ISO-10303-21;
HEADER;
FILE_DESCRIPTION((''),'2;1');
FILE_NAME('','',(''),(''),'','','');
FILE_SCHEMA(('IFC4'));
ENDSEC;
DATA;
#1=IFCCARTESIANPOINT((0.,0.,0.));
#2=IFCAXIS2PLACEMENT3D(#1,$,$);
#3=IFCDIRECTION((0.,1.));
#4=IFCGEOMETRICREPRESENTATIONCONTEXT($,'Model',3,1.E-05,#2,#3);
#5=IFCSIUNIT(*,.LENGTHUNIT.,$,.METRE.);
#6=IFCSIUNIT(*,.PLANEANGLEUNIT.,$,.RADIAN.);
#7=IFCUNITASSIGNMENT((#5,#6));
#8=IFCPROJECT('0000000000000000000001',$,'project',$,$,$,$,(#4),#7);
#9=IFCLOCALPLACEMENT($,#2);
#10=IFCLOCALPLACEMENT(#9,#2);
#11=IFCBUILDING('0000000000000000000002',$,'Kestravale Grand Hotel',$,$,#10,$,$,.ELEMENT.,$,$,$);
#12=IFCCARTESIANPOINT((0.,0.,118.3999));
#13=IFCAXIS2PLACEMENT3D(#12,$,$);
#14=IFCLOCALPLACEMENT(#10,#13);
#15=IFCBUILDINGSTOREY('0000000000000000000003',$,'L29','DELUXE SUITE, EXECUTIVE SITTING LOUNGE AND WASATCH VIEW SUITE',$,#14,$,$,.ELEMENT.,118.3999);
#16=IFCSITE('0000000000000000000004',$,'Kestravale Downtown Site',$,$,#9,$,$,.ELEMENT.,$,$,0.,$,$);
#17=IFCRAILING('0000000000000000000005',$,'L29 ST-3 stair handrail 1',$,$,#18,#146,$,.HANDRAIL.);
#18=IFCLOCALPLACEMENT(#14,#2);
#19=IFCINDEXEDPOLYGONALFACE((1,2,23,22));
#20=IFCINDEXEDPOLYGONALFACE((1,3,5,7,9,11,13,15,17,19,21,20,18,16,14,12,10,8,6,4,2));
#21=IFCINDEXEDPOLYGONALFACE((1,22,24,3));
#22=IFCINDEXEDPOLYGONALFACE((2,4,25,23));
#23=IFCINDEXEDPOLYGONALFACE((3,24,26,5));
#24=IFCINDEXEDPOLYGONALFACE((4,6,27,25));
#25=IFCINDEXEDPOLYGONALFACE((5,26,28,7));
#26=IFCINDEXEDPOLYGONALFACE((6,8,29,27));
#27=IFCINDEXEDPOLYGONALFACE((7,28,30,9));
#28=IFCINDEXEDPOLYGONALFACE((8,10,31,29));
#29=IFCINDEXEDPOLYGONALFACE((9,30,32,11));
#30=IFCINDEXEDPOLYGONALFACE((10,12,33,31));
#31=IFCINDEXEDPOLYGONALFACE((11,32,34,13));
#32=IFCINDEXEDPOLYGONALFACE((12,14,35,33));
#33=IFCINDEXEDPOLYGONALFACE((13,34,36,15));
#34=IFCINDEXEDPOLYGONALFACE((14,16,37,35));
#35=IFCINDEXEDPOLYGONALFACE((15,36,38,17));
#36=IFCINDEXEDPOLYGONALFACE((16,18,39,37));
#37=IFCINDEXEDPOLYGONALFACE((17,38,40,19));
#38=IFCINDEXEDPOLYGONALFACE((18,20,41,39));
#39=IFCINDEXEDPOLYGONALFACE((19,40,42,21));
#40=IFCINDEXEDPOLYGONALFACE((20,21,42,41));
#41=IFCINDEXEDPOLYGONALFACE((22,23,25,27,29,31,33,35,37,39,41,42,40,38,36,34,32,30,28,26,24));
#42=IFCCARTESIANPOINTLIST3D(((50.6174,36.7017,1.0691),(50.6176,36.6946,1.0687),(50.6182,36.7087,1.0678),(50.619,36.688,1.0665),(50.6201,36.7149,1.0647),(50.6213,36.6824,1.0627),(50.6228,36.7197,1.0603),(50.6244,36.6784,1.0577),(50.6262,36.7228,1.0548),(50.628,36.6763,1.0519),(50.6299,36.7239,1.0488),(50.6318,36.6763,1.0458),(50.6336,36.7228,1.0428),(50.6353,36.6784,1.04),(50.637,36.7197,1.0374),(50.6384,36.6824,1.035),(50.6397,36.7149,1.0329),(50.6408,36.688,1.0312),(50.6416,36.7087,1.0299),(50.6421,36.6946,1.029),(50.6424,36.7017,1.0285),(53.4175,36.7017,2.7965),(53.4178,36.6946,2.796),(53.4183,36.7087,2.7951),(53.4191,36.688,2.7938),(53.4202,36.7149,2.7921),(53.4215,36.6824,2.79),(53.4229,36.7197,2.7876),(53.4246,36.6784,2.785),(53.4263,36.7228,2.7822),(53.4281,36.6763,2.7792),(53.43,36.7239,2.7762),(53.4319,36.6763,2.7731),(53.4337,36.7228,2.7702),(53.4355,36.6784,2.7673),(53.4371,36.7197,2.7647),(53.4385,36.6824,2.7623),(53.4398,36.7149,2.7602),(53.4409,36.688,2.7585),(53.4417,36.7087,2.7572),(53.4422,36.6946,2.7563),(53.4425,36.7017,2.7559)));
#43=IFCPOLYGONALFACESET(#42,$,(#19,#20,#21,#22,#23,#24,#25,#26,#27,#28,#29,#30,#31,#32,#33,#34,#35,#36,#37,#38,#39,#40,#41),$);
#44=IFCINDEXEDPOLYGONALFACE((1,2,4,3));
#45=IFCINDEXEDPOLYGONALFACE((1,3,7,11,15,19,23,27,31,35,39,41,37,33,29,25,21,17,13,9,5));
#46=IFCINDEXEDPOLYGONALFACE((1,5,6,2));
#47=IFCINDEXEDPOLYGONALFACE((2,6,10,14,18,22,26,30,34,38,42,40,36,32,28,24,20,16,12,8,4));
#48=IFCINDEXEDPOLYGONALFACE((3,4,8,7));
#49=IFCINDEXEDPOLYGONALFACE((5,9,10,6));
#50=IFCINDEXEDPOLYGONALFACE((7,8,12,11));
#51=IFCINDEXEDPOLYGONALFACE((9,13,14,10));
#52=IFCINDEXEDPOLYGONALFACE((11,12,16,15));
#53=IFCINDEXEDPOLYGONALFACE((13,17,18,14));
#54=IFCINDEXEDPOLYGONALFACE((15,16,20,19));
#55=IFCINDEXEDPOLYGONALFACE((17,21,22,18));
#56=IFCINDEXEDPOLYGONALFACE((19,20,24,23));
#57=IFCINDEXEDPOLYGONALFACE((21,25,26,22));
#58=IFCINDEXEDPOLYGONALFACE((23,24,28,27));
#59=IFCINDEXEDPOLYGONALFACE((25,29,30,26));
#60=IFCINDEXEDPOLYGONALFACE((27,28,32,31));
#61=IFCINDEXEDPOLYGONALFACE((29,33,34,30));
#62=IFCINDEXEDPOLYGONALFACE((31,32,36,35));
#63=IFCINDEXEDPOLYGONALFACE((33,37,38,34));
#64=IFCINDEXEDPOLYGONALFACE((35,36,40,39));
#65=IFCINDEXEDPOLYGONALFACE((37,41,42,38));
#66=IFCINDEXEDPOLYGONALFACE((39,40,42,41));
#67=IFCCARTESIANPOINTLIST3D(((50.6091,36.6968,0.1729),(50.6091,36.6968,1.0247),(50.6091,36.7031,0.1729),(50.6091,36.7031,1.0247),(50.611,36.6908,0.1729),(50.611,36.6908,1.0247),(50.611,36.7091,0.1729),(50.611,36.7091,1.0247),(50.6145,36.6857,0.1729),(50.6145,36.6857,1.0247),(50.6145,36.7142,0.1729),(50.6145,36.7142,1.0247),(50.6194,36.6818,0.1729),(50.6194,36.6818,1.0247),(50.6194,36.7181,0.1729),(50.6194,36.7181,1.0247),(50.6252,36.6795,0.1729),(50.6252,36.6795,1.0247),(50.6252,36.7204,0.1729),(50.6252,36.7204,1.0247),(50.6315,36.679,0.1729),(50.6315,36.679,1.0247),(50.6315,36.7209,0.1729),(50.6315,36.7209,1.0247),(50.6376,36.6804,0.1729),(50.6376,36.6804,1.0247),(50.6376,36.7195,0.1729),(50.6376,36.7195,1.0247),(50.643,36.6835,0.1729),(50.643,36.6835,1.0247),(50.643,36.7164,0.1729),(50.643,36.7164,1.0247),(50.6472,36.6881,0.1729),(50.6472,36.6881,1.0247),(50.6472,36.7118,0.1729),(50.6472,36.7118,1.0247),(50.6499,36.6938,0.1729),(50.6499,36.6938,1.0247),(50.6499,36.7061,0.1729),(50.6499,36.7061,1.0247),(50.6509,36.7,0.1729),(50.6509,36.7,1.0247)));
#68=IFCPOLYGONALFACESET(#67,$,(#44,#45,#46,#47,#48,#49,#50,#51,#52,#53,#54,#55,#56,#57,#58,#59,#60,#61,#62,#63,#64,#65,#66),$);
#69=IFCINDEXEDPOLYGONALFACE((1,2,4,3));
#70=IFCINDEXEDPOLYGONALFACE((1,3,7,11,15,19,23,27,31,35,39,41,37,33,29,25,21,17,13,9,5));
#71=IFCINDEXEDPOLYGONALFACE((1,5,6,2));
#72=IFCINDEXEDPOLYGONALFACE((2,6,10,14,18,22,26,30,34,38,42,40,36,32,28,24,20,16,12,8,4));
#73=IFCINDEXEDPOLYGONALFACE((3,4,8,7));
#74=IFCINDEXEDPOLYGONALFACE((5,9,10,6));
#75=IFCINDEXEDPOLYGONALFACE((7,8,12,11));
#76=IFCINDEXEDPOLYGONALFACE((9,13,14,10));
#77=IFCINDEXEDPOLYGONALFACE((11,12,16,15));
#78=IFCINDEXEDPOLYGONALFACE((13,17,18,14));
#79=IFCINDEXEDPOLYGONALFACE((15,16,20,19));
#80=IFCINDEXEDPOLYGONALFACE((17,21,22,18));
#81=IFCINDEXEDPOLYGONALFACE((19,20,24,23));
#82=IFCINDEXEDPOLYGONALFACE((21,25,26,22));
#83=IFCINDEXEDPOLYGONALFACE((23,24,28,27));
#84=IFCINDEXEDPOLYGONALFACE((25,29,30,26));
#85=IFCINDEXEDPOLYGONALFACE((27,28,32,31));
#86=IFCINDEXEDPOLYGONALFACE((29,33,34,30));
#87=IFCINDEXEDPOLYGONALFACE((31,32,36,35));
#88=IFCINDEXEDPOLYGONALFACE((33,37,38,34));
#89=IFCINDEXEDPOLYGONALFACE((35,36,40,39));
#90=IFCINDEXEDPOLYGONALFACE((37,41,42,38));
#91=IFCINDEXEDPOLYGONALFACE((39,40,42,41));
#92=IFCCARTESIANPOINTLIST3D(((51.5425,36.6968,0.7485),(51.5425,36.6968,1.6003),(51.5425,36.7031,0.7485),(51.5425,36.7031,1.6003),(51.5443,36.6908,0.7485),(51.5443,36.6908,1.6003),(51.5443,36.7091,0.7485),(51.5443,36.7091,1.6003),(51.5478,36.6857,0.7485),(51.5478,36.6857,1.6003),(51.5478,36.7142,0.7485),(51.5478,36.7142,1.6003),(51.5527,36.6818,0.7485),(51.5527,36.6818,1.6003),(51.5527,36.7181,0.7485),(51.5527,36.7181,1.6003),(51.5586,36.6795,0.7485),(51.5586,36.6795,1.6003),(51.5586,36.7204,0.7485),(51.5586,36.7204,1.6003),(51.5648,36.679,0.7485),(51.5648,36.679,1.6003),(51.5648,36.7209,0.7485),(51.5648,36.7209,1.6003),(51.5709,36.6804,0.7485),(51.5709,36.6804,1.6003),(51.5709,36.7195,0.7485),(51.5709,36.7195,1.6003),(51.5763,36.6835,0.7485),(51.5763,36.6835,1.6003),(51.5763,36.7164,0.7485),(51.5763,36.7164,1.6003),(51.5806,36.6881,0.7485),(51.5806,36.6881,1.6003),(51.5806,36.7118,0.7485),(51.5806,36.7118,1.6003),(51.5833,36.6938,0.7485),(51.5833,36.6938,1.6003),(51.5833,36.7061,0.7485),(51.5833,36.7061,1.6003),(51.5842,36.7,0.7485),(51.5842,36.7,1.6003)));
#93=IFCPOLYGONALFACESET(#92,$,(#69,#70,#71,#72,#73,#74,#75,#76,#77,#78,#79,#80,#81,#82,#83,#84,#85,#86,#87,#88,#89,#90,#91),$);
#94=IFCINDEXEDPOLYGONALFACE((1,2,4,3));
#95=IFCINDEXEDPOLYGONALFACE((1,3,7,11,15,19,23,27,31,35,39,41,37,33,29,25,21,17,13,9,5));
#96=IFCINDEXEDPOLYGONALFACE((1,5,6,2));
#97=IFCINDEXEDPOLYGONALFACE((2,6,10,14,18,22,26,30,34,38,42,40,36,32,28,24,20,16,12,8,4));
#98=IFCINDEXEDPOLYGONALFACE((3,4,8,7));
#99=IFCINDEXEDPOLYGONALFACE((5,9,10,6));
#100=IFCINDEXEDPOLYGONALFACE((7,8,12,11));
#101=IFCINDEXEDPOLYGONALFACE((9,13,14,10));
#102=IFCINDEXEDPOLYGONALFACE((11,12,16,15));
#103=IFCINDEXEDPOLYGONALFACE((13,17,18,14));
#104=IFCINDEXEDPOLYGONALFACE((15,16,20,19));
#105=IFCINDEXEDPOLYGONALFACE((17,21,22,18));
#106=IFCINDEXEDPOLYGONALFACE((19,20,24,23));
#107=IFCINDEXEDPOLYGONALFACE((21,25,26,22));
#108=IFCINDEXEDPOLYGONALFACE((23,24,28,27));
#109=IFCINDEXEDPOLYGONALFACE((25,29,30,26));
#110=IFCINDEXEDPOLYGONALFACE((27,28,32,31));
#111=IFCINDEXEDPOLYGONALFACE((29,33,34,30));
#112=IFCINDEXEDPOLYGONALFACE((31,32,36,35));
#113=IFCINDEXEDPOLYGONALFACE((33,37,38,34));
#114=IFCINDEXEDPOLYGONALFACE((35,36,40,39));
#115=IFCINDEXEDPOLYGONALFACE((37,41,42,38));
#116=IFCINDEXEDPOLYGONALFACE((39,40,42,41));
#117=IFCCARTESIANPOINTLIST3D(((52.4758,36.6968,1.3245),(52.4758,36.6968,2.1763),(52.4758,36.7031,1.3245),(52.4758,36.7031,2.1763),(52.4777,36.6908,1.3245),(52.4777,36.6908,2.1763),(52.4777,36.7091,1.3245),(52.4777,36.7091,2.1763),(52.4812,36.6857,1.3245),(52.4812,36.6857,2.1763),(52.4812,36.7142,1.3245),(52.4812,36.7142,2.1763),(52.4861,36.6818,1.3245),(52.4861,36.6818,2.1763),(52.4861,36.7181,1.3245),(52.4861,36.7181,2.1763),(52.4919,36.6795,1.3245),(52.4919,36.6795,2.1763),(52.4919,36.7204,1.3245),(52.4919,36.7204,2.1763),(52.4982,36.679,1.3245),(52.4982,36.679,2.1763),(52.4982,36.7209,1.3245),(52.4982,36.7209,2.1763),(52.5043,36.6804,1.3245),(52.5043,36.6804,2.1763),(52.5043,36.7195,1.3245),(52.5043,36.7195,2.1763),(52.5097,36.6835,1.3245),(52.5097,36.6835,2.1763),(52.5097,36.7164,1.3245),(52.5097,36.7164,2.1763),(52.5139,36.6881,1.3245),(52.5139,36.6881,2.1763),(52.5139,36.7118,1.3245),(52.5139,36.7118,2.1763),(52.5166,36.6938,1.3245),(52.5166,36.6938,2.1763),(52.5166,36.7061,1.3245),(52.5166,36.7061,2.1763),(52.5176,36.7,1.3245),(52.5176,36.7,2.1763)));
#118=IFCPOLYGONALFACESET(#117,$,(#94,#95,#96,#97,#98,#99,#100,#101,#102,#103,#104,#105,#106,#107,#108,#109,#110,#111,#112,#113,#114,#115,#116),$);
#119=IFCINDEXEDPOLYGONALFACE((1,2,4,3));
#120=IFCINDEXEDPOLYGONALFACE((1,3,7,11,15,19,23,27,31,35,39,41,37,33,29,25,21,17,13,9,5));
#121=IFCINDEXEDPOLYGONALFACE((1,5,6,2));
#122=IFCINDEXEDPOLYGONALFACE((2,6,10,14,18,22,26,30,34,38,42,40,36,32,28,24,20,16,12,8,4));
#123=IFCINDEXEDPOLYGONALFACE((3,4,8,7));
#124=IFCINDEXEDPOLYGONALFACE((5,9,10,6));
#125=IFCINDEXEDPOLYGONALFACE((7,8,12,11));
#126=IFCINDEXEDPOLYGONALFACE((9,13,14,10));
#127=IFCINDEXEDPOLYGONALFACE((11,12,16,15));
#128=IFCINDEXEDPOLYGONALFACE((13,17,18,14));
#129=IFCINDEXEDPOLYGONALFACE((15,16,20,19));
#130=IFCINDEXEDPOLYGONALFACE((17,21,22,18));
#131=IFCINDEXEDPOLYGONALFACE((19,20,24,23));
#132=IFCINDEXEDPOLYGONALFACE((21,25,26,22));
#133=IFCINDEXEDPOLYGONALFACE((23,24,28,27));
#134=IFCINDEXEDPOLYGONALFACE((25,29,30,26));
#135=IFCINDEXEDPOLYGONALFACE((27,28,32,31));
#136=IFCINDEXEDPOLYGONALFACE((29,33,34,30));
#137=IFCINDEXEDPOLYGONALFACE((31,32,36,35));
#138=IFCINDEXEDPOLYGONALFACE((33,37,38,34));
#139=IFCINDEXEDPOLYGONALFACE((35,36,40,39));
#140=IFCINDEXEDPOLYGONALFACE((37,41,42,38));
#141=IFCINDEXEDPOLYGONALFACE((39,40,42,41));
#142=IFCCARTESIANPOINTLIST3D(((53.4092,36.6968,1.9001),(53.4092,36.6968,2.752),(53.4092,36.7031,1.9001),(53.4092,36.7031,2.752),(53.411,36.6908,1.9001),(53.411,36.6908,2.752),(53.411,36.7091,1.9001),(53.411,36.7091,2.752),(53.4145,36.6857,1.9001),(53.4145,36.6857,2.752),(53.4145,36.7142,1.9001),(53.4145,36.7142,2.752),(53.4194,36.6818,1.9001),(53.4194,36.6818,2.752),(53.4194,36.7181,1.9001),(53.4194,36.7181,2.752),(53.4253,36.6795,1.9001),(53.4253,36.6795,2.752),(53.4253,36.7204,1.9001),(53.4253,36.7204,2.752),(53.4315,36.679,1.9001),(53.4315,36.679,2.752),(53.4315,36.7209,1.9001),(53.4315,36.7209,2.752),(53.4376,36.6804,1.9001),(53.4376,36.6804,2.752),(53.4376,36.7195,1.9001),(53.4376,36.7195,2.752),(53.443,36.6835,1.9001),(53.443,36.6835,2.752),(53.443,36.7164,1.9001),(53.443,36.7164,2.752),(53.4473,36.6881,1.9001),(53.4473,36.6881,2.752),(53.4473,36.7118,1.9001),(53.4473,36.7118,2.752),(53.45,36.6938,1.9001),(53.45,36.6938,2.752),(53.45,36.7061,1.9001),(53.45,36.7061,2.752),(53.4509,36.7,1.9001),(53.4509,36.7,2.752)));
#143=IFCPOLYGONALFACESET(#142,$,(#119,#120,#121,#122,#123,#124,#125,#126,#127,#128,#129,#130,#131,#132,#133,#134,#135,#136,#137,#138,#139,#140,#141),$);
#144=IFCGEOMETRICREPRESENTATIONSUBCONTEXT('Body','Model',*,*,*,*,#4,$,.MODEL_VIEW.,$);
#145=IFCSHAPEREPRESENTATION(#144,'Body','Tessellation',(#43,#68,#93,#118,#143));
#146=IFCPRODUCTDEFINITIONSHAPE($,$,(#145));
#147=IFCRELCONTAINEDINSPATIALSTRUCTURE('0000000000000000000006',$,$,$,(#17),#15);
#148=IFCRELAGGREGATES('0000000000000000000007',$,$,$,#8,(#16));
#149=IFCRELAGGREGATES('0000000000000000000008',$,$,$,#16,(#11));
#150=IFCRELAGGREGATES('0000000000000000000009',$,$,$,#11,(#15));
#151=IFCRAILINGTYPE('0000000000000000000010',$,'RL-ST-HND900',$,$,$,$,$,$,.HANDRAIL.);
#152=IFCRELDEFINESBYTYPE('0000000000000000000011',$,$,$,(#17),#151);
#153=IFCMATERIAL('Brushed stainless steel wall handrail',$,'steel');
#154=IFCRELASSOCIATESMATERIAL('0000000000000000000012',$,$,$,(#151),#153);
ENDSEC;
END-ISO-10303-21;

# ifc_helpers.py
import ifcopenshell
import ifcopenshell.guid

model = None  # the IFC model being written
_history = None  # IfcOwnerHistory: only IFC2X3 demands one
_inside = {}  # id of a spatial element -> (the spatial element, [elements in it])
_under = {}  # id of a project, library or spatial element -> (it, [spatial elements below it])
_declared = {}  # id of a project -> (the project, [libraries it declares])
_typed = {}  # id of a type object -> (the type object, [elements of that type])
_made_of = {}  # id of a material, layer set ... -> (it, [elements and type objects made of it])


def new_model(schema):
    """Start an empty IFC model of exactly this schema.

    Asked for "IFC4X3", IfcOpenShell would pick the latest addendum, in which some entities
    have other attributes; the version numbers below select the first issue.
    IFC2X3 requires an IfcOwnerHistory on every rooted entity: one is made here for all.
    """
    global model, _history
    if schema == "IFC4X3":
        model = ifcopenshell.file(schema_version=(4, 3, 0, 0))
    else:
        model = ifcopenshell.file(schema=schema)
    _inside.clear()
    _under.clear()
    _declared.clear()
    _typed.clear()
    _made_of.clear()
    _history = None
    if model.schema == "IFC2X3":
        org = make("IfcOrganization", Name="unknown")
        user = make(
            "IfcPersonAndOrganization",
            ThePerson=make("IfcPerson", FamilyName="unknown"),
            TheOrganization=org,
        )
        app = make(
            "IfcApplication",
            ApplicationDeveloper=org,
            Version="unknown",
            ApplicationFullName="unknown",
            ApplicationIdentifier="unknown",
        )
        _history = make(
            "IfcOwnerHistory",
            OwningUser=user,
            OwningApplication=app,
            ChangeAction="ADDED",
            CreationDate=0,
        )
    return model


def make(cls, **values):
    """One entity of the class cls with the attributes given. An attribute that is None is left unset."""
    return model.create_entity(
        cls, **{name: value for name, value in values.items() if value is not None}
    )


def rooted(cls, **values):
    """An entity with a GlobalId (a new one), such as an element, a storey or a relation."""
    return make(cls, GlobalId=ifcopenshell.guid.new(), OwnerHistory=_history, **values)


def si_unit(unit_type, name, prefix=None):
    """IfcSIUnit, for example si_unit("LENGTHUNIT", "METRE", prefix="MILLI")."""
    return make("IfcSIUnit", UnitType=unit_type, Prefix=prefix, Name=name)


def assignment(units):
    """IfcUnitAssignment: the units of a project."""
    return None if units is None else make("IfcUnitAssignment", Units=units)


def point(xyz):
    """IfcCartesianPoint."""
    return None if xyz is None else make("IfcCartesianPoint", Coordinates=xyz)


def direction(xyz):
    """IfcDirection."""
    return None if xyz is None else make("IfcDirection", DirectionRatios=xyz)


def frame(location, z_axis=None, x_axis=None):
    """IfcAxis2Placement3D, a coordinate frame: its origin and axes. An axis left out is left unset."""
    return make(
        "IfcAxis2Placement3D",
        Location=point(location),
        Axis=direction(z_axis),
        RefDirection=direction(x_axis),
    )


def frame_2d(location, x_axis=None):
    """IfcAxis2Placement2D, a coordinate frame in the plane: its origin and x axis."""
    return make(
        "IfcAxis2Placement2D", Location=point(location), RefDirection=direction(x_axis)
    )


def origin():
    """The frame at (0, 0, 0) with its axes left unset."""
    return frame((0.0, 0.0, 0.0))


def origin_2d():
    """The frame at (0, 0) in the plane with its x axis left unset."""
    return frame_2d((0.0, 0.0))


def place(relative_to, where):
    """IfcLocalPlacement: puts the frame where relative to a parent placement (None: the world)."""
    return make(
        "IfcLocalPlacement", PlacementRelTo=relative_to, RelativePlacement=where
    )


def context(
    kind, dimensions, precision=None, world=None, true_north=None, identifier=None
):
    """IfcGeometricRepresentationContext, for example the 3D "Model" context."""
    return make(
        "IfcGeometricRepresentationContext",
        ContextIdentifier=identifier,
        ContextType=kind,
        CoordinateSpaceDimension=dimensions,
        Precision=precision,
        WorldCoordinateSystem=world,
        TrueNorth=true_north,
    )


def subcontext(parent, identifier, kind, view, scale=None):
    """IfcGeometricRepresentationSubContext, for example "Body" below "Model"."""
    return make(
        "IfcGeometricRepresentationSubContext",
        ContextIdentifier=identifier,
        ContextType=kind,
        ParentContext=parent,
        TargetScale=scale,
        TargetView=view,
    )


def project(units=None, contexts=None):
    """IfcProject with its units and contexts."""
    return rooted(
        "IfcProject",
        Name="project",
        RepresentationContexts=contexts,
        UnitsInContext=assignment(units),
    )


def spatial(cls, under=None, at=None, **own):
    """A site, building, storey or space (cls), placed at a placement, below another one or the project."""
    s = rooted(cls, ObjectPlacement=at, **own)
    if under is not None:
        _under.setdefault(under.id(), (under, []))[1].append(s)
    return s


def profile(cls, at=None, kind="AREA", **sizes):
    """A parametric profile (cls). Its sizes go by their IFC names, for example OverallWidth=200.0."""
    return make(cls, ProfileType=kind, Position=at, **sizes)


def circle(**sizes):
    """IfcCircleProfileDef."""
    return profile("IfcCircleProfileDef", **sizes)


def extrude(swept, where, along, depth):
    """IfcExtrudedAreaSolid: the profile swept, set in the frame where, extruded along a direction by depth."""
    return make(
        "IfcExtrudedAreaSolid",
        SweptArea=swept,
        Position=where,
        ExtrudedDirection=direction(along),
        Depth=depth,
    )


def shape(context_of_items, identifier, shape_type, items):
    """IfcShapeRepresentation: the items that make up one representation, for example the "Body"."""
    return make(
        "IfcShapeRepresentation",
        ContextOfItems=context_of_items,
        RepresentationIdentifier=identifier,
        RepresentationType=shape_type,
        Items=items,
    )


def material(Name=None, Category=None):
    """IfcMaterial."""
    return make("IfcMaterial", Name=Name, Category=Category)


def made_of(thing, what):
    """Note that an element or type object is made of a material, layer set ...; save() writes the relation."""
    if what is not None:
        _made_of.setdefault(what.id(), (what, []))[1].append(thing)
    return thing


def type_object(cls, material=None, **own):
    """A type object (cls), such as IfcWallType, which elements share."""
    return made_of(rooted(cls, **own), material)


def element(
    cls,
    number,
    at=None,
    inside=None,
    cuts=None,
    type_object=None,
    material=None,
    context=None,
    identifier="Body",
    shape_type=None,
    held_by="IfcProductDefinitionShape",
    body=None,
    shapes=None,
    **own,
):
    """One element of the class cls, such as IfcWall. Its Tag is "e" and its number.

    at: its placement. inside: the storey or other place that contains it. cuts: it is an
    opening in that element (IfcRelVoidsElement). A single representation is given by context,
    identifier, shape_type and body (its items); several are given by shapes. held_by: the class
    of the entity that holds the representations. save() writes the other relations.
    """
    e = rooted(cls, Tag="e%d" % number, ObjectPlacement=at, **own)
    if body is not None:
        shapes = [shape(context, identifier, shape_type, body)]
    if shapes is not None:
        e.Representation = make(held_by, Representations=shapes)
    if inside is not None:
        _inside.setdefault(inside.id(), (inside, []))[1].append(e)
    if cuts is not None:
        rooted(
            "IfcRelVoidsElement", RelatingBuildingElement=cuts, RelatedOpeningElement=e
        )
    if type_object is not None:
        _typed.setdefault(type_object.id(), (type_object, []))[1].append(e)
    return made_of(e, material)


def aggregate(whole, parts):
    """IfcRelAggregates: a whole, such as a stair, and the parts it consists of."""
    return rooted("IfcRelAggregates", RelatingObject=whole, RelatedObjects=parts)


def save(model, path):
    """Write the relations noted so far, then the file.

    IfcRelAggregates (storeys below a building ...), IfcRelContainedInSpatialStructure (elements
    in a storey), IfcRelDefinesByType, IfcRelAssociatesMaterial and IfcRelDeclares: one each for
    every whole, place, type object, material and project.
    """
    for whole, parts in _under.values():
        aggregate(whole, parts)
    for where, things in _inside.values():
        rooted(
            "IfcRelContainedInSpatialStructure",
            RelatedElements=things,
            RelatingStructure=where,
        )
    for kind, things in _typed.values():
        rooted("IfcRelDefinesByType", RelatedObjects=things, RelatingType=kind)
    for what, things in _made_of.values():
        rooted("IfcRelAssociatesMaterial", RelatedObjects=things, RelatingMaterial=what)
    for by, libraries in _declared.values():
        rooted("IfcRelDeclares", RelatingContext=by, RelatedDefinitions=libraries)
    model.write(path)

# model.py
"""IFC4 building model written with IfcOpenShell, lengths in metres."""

from ifc_helpers import new_model, si_unit, direction, frame, origin, origin_2d, place, context, subcontext, project, spatial, circle, extrude, material, type_object, element, save


model = new_model("IFC4")

# Units and contexts
model_context = context("Model", 3, precision=1e-05, world=origin(), true_north=direction((0.0, 1.0)))
body_context = subcontext(model_context, "Body", "Model", "MODEL_VIEW")
ifc_project = project(units=[si_unit("LENGTHUNIT", "METRE"), si_unit("PLANEANGLEUNIT", "RADIAN")], contexts=[model_context])

# Site, building, storey
site_placement = place(None, origin())
site = spatial("IfcSite", under=ifc_project, at=site_placement, Name="Kestravale Downtown Site", CompositionType="ELEMENT", RefElevation=0.0)
building_placement = place(site_placement, origin())
building = spatial("IfcBuilding", under=site, at=building_placement, Name="Kestravale Grand Hotel", CompositionType="ELEMENT")
storey_placement = place(building_placement, frame((0.0, 0.0, 118.3999)))
storey = spatial("IfcBuildingStorey", under=building, at=storey_placement, Name="L29", Description="DELUXE SUITE, EXECUTIVE SITTING LOUNGE AND WASATCH VIEW SUITE", CompositionType="ELEMENT", Elevation=118.3999)

# Railing
ifc_material_1 = material(Name="Brushed stainless steel wall handrail", Category="steel")
railing_type_1 = type_object("IfcRailingType", Name="RL-ST-HND900", PredefinedType="HANDRAIL", material=ifc_material_1)
railing_1_placement = place(storey_placement, frame((50.6299, 36.7, 0.1729)))
element("IfcRailing", 1, at=railing_1_placement, inside=storey, type_object=railing_type_1, Name="L29 ST-3 stair handrail 1", PredefinedType="HANDRAIL", context=body_context, shape_type="SweptSolid", body=[
    extrude(circle(Radius=0.0239, at=origin_2d()), frame((0.0, 0.0, 0.876), z_axis=(0.85109, 0.0, 0.52502), x_axis=(0.0, 1.0, 0.0)), (0.0, 0.0, 1.0), 3.29),
    extrude(circle(Radius=0.021, at=origin_2d()), origin(), (0.0, 0.0, 1.0), 0.8518),
    extrude(circle(Radius=0.021, at=origin_2d()), frame((0.9333, 0.0, 0.5757)), (0.0, 0.0, 1.0), 0.8518),
    extrude(circle(Radius=0.021, at=origin_2d()), frame((1.8667, 0.0, 1.1516)), (0.0, 0.0, 1.0), 0.8518),
    extrude(circle(Radius=0.021, at=origin_2d()), frame((2.8, 0.0, 1.7273)), (0.0, 0.0, 1.0), 0.8518),
])

save(model, "model.ifc")
